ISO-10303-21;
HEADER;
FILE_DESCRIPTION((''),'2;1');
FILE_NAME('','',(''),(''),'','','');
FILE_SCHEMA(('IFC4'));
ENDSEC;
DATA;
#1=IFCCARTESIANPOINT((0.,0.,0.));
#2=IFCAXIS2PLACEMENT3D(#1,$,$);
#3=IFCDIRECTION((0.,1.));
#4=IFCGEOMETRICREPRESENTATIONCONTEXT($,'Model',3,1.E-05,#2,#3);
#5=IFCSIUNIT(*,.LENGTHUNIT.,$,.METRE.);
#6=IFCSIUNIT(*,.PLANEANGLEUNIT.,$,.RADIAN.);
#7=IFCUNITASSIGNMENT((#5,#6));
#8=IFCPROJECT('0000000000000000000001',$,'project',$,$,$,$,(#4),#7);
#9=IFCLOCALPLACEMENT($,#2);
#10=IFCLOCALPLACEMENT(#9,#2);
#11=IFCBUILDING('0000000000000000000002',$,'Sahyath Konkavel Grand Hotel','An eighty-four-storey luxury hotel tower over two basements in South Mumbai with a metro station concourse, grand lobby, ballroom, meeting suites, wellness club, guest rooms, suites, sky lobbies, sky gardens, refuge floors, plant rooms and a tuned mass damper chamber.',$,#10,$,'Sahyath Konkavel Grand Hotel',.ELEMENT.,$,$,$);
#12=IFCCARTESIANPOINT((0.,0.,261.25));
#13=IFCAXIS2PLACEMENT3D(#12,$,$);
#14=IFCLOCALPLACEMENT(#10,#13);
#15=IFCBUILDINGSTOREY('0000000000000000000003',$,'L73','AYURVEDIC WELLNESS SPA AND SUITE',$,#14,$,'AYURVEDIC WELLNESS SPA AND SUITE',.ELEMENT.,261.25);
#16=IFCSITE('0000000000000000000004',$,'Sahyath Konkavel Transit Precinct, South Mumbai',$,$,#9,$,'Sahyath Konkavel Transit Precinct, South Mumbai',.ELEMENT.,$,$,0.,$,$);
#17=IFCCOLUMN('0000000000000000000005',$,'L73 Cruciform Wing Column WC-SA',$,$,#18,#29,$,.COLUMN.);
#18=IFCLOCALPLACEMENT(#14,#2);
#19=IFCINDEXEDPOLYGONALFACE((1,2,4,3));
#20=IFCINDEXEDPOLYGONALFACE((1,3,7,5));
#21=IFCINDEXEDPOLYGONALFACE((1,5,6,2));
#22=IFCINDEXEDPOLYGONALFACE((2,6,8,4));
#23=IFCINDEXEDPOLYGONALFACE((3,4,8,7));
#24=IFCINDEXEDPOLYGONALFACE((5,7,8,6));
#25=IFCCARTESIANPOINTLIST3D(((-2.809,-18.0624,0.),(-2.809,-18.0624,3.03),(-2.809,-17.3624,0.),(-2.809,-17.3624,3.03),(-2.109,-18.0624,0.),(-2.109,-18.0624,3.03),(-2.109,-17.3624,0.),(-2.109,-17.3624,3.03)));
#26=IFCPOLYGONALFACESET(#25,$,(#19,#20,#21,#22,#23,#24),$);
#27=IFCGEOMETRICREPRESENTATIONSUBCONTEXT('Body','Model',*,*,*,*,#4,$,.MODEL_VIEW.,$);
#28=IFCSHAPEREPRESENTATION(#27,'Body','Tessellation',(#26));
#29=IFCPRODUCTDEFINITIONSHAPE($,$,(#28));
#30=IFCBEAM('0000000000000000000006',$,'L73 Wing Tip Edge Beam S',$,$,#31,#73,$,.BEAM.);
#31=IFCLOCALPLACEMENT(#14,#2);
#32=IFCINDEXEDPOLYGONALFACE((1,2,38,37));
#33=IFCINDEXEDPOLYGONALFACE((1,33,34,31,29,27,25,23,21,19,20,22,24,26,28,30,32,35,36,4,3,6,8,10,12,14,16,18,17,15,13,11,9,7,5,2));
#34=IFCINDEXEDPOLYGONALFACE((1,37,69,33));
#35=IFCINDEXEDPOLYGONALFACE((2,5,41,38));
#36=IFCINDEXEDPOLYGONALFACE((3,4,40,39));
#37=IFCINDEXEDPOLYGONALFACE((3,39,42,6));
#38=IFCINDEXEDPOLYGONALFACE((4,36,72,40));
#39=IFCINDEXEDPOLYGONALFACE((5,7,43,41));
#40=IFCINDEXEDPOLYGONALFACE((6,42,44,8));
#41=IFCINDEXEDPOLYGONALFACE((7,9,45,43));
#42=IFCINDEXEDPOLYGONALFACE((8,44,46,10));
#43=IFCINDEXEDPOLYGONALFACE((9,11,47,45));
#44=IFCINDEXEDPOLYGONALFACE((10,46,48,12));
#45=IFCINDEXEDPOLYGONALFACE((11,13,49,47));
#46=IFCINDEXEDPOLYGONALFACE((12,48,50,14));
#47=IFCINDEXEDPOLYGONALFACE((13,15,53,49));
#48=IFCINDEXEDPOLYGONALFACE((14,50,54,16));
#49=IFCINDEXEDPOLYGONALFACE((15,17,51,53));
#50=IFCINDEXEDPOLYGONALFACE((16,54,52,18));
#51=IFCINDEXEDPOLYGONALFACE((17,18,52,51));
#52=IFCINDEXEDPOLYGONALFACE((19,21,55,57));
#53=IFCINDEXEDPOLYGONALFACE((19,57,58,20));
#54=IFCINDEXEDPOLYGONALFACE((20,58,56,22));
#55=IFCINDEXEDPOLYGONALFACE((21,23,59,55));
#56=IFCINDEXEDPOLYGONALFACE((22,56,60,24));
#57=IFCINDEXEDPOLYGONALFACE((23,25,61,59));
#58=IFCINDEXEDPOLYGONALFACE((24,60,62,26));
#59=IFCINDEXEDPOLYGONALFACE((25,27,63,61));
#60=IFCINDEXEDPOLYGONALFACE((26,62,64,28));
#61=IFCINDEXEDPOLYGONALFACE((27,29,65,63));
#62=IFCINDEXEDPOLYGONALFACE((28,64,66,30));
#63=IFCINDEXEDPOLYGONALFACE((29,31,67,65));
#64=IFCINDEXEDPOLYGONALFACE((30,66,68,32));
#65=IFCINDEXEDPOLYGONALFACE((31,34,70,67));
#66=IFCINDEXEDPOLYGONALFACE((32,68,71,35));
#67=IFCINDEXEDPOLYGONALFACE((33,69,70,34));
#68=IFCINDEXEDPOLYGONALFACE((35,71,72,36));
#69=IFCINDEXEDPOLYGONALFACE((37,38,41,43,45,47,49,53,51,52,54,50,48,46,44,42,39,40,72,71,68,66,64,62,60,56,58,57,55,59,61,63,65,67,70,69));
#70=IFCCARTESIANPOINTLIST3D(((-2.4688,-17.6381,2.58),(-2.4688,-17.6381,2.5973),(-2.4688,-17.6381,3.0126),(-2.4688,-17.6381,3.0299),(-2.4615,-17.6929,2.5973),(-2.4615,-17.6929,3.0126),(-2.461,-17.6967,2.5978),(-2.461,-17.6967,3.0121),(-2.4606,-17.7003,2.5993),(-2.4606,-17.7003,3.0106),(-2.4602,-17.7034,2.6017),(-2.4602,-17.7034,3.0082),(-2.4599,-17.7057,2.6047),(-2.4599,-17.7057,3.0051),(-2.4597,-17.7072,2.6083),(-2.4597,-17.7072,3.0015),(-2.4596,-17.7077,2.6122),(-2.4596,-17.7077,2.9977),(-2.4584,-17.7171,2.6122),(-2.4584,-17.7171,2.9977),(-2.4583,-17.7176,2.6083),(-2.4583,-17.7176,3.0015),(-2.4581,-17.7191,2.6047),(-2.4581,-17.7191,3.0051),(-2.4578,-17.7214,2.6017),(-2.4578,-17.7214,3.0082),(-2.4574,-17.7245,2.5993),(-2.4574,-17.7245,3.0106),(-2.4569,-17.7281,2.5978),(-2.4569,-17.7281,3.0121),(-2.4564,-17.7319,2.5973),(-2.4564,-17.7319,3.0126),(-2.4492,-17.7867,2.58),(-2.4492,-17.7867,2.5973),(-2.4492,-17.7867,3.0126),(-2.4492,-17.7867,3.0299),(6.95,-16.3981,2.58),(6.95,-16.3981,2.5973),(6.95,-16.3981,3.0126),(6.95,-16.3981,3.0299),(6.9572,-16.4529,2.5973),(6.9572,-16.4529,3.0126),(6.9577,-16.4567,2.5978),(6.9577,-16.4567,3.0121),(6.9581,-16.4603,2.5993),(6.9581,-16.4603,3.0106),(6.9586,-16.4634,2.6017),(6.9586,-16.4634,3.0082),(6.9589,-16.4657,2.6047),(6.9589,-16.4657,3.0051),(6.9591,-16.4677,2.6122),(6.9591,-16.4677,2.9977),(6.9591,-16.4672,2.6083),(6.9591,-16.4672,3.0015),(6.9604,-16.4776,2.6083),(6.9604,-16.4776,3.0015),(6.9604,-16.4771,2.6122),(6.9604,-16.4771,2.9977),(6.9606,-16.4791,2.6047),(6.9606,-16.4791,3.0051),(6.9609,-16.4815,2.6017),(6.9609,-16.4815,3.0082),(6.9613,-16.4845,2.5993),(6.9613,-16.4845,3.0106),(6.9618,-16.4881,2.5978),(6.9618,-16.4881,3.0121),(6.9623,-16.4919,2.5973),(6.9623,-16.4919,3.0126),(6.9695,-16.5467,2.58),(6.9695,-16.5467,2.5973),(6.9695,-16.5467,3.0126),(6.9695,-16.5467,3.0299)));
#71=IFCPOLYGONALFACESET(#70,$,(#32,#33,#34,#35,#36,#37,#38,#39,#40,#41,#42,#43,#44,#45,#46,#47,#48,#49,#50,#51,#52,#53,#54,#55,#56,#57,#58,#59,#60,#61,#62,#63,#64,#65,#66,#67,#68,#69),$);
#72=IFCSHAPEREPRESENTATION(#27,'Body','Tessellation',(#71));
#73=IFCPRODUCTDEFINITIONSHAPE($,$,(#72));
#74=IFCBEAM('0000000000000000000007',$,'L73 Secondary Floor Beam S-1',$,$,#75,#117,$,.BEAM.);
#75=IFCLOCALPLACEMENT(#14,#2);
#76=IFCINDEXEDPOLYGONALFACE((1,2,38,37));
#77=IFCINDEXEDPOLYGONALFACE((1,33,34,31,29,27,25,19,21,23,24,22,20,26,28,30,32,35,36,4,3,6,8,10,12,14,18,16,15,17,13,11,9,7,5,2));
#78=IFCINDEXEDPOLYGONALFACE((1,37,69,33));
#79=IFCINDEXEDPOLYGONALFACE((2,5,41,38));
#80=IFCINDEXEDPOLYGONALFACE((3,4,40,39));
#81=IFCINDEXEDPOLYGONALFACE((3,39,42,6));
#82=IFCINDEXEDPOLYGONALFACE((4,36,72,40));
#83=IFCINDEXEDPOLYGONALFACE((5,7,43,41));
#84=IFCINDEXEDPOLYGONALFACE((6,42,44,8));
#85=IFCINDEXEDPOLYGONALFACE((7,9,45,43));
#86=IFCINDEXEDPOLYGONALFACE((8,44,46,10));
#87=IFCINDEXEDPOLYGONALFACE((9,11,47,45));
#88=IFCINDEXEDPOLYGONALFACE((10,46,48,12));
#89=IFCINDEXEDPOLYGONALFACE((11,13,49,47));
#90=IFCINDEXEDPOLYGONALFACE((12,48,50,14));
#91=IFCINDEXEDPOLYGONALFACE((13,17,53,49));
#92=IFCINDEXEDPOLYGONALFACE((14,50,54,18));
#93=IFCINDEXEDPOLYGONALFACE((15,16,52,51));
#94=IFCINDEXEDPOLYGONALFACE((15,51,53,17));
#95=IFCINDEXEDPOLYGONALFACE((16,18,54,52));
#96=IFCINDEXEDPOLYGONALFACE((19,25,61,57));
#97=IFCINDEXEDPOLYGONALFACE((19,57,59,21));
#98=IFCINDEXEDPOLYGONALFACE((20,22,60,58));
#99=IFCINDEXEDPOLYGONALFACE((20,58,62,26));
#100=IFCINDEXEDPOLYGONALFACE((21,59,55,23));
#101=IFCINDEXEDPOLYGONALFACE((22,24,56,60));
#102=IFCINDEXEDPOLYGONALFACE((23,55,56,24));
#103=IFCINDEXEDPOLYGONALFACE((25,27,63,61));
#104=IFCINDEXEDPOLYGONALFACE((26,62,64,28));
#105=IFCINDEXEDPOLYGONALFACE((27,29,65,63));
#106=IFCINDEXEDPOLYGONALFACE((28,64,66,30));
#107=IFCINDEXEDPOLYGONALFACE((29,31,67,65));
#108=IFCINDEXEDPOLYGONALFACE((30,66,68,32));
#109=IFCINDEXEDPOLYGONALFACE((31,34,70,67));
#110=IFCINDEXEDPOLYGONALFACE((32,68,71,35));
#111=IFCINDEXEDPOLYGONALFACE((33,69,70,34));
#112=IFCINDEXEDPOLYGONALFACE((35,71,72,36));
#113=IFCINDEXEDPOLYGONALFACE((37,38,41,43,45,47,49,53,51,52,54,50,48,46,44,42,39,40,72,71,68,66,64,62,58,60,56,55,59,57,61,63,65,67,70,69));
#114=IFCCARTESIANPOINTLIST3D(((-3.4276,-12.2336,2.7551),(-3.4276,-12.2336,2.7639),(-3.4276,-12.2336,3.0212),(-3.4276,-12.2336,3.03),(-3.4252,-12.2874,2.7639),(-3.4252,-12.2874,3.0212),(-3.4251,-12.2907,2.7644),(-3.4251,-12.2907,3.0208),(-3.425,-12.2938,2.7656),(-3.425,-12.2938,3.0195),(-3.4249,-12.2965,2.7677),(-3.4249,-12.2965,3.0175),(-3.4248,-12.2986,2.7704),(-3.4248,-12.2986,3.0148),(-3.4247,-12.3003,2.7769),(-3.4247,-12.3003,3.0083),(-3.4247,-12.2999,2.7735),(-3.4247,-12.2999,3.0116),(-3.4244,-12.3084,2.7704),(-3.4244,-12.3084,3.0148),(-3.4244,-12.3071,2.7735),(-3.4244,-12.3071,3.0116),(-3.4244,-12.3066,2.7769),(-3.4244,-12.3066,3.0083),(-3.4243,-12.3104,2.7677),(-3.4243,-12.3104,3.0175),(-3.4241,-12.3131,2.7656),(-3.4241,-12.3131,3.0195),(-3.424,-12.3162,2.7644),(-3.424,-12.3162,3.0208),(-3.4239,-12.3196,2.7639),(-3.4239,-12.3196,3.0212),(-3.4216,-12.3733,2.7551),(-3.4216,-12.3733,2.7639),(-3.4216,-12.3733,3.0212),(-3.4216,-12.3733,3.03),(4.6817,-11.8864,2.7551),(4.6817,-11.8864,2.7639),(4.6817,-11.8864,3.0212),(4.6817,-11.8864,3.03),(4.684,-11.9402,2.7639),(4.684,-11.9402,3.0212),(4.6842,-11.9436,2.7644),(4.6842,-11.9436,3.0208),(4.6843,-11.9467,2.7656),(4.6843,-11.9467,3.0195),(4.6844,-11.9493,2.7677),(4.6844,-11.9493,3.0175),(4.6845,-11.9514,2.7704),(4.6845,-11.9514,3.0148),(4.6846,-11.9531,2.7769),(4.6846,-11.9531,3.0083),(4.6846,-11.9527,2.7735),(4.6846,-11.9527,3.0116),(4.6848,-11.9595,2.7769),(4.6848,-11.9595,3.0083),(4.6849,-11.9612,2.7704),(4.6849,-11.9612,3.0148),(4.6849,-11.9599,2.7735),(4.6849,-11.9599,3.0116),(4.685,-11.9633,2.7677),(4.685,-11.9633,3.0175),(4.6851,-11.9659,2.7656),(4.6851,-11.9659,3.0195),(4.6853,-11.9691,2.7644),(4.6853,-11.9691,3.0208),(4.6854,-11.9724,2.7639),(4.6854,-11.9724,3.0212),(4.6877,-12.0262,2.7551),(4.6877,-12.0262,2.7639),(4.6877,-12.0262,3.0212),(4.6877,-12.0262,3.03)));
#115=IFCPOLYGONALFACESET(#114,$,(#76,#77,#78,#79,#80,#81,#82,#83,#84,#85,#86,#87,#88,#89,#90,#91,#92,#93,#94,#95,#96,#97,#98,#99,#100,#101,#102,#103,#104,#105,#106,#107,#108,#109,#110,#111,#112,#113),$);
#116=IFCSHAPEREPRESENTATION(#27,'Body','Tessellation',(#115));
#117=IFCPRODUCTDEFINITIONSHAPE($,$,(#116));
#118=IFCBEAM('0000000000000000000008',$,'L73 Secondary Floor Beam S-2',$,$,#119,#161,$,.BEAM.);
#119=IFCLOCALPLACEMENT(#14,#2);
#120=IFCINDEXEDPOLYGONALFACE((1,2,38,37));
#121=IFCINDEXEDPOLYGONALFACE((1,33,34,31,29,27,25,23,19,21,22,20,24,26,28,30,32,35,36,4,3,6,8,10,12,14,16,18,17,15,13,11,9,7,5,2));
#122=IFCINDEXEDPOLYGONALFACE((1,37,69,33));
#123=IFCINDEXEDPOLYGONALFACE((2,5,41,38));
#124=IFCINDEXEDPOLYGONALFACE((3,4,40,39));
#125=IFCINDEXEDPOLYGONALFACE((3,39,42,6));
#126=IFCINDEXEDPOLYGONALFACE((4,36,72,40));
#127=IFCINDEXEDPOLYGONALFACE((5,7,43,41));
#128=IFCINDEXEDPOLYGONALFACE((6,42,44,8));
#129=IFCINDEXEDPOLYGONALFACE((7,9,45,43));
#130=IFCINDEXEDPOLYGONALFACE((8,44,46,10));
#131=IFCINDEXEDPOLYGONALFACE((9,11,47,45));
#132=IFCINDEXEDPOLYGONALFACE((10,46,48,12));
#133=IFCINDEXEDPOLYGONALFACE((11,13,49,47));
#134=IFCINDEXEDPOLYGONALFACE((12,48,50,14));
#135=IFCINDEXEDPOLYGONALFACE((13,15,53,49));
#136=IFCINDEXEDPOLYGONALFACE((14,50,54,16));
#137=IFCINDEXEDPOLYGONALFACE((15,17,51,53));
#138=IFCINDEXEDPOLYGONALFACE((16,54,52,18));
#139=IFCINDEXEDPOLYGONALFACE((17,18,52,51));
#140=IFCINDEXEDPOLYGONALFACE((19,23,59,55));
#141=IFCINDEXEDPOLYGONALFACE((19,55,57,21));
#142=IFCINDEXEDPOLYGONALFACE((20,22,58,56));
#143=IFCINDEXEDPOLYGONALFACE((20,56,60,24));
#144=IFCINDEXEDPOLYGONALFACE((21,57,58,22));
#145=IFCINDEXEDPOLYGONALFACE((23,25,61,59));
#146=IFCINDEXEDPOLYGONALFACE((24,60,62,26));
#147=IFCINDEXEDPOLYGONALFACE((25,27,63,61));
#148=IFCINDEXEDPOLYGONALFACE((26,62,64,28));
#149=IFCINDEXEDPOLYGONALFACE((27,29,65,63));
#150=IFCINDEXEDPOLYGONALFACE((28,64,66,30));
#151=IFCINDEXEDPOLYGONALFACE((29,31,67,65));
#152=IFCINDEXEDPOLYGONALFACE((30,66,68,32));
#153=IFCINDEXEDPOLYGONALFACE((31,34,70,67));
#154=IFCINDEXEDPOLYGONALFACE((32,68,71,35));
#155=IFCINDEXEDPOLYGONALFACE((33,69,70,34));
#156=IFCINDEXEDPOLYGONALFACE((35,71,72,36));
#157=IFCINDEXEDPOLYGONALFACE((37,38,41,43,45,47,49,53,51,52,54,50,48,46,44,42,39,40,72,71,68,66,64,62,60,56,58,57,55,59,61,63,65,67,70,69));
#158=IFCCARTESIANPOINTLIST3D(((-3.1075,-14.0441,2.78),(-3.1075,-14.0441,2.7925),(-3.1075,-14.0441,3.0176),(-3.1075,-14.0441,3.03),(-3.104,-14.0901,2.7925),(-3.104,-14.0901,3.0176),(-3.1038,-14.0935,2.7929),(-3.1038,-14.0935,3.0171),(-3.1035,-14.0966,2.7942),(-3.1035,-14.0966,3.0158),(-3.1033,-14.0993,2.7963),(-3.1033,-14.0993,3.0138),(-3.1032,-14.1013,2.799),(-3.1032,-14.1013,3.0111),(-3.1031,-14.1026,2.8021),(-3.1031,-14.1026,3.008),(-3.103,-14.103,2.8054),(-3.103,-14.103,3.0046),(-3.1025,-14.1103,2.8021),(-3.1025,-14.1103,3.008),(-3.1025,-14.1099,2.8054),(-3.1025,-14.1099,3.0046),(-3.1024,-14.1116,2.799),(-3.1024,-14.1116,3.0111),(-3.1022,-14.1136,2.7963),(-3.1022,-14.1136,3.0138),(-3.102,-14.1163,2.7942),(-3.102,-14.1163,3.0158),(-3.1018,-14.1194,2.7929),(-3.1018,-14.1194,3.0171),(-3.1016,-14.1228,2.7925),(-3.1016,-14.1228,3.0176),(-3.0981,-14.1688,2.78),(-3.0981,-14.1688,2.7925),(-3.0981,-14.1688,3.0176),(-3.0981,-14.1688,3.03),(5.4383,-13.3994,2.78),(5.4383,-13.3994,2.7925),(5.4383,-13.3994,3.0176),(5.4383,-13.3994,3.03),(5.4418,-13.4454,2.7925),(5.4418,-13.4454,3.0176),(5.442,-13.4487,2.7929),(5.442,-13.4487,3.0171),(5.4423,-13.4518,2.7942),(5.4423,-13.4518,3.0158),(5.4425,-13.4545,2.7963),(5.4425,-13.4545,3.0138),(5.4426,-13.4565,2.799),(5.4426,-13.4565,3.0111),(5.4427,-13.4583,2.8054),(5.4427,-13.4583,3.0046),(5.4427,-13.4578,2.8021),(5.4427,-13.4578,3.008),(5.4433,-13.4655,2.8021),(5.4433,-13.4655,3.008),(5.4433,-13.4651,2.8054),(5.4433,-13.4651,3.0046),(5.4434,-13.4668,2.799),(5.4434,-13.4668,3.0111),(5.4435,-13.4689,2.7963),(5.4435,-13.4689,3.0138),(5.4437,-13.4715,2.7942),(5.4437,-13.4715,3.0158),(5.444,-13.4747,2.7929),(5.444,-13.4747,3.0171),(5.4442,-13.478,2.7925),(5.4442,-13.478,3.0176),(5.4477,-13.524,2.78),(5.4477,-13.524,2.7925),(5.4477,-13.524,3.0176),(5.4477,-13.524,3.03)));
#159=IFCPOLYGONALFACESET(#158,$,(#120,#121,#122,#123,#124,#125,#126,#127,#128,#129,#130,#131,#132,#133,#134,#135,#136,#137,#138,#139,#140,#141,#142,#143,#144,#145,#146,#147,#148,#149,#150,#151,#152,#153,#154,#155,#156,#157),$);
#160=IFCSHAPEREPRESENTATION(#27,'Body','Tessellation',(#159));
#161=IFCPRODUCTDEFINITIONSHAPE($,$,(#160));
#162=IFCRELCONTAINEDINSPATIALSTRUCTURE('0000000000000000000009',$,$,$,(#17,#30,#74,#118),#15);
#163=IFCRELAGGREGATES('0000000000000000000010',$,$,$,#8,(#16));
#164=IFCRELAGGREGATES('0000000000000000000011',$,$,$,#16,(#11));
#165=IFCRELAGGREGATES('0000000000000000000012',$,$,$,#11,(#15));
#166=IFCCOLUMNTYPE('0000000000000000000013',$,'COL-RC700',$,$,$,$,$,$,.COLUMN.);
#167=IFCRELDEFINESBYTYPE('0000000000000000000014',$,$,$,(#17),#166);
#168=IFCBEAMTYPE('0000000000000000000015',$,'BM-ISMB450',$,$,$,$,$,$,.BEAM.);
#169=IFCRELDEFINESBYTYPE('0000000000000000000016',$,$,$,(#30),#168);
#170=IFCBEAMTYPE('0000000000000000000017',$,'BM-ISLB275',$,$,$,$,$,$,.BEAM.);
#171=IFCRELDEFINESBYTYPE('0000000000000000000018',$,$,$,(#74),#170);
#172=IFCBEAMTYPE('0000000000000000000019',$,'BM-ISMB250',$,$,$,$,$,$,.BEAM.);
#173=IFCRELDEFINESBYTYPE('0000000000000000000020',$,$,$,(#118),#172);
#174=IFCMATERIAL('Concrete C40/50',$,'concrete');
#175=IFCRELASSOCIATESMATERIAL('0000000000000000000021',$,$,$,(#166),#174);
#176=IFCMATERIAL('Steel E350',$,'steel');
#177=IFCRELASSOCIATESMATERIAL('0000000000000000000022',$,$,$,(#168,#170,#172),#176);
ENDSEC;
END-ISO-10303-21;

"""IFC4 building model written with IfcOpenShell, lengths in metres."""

from ifc_helpers import new_model, si_unit, direction, frame, origin, origin_2d, place, context, subcontext, project, spatial, rectangle, i_section, extrude, source, transform, mapped, material, material_profile, profile_set, type_object, element, save


model = new_model("IFC4")

# Units and contexts
model_context = context("Model", 3, precision=1e-05, world=origin(), true_north=direction((0.0, 1.0)))
body_context = subcontext(model_context, "Body", "Model", "MODEL_VIEW")
ifc_project = project(units=[si_unit("LENGTHUNIT", "METRE"), si_unit("PLANEANGLEUNIT", "RADIAN")], contexts=[model_context])

# Site, building, storey
site_placement = place(None, origin())
site = spatial("IfcSite", under=ifc_project, at=site_placement, Name="Sahyath Konkavel Transit Precinct, South Mumbai", LongName="Sahyath Konkavel Transit Precinct, South Mumbai", CompositionType="ELEMENT", RefElevation=0.0)
building_placement = place(site_placement, origin())
building = spatial("IfcBuilding", under=site, at=building_placement, Name="Sahyath Konkavel Grand Hotel", Description="An eighty-four-storey luxury hotel tower over two basements in South Mumbai with a metro station concourse, grand lobby, ballroom, meeting suites, wellness club, guest rooms, suites, sky lobbies, sky gardens, refuge floors, plant rooms and a tuned mass damper chamber.", LongName="Sahyath Konkavel Grand Hotel", CompositionType="ELEMENT")
storey_placement = place(building_placement, frame((0.0, 0.0, 261.25)))
storey = spatial("IfcBuildingStorey", under=building, at=storey_placement, Name="L73", Description="AYURVEDIC WELLNESS SPA AND SUITE", LongName="AYURVEDIC WELLNESS SPA AND SUITE", CompositionType="ELEMENT", Elevation=261.25)

# Column
ifc_material_1 = material(Name="Concrete C40/50", Category="concrete")
ifc_material_profile_1 = material_profile(ifc_material_1, rectangle(XDim=0.7, YDim=0.7, at=origin_2d()), Name="RC 700x700")
ifc_profile_set_1 = profile_set([ifc_material_profile_1], Name="Concrete C40/50")
column_type = type_object("IfcColumnType", Name="COL-RC700", PredefinedType="COLUMN", material=ifc_profile_set_1)
shared_shape_1 = source(origin(), body_context, "Body", "SweptSolid", [
    extrude(rectangle(XDim=0.7, YDim=0.7, at=origin_2d()), origin(), (0.0, 0.0, 1.0), 3.03),
])
column_placement = place(storey_placement, frame((-2.459, -17.7124, 0.0), z_axis=(0.0, 0.0, 1.0), x_axis=(1.0, 0.0, 0.0)))
element("IfcColumn", 1, at=column_placement, inside=storey, type_object=column_type, Name="L73 Cruciform Wing Column WC-SA", PredefinedType="COLUMN", context=body_context, shape_type="MappedRepresentation", body=[
    mapped(shared_shape_1, transform((0.0, 0.0, 0.0), scale=1.0)),
])

# Beams
ifc_material_2 = material(Name="Steel E350", Category="steel")
ifc_material_profile_2 = material_profile(ifc_material_2, i_section(OverallWidth=0.1499, OverallDepth=0.45, WebThickness=0.0095, FlangeThickness=0.0173, FilletRadius=0.0149, at=origin_2d()), Name="ISMB 450")
ifc_profile_set_2 = profile_set([ifc_material_profile_2], Name="Steel E350")
beam_type_1 = type_object("IfcBeamType", Name="BM-ISMB450", PredefinedType="BEAM", material=ifc_profile_set_2)
shared_shape_2 = source(origin(), body_context, "Body", "SweptSolid", [
    extrude(i_section(OverallWidth=0.1499, OverallDepth=0.45, WebThickness=0.0095, FlangeThickness=0.0173, FilletRadius=0.0149, at=origin_2d()), origin(), (0.0, 0.0, 1.0), 9.5),
])
beam_1_placement = place(storey_placement, frame((-2.459, -17.7124, 2.8049), z_axis=(0.991445, 0.130526, 0.0), x_axis=(-0.130526, 0.991445, 0.0)))
element("IfcBeam", 2, at=beam_1_placement, inside=storey, type_object=beam_type_1, Name="L73 Wing Tip Edge Beam S", PredefinedType="BEAM", context=body_context, shape_type="MappedRepresentation", body=[
    mapped(shared_shape_2, transform((0.0, 0.0, 0.0), scale=1.0)),
])
ifc_material_profile_3 = material_profile(ifc_material_2, i_section(OverallWidth=0.1399, OverallDepth=0.2749, WebThickness=0.0063, FlangeThickness=0.0088, FilletRadius=0.0129, at=origin_2d()), Name="ISLB 275")
ifc_profile_set_3 = profile_set([ifc_material_profile_3], Name="Steel E350")
beam_type_2 = type_object("IfcBeamType", Name="BM-ISLB275", PredefinedType="BEAM", material=ifc_profile_set_3)
shared_shape_3 = source(origin(), body_context, "Body", "SweptSolid", [
    extrude(i_section(OverallWidth=0.1399, OverallDepth=0.2749, WebThickness=0.0063, FlangeThickness=0.0088, FilletRadius=0.0129, at=origin_2d()), origin(), (0.0, 0.0, 1.0), 8.1167),
])
beam_2_placement = place(storey_placement, frame((-3.4246, -12.3035, 2.8926), z_axis=(0.999085, 0.042772, 0.0), x_axis=(-0.042772, 0.999085, 0.0)))
element("IfcBeam", 3, at=beam_2_placement, inside=storey, type_object=beam_type_2, Name="L73 Secondary Floor Beam S-1", PredefinedType="BEAM", context=body_context, shape_type="MappedRepresentation", body=[
    mapped(shared_shape_3, transform((0.0, 0.0, 0.0), scale=1.0)),
])
ifc_material_profile_4 = material_profile(ifc_material_2, i_section(OverallWidth=0.125, OverallDepth=0.25, WebThickness=0.0068, FlangeThickness=0.0125, FilletRadius=0.0129, at=origin_2d()), Name="ISMB 250")
ifc_profile_set_4 = profile_set([ifc_material_profile_4], Name="Steel E350")
beam_type_3 = type_object("IfcBeamType", Name="BM-ISMB250", PredefinedType="BEAM", material=ifc_profile_set_4)
shared_shape_4 = source(origin(), body_context, "Body", "SweptSolid", [
    extrude(i_section(OverallWidth=0.125, OverallDepth=0.25, WebThickness=0.0068, FlangeThickness=0.0125, FilletRadius=0.0129, at=origin_2d()), origin(), (0.0, 0.0, 1.0), 8.5701),
])
beam_3_placement = place(storey_placement, frame((-3.1028, -14.1064, 2.905), z_axis=(0.997166, 0.075235, 0.0), x_axis=(-0.075235, 0.997166, 0.0)))
element("IfcBeam", 4, at=beam_3_placement, inside=storey, type_object=beam_type_3, Name="L73 Secondary Floor Beam S-2", PredefinedType="BEAM", context=body_context, shape_type="MappedRepresentation", body=[
    mapped(shared_shape_4, transform((0.0, 0.0, 0.0), scale=1.0)),
])

save(model, "model.ifc")
